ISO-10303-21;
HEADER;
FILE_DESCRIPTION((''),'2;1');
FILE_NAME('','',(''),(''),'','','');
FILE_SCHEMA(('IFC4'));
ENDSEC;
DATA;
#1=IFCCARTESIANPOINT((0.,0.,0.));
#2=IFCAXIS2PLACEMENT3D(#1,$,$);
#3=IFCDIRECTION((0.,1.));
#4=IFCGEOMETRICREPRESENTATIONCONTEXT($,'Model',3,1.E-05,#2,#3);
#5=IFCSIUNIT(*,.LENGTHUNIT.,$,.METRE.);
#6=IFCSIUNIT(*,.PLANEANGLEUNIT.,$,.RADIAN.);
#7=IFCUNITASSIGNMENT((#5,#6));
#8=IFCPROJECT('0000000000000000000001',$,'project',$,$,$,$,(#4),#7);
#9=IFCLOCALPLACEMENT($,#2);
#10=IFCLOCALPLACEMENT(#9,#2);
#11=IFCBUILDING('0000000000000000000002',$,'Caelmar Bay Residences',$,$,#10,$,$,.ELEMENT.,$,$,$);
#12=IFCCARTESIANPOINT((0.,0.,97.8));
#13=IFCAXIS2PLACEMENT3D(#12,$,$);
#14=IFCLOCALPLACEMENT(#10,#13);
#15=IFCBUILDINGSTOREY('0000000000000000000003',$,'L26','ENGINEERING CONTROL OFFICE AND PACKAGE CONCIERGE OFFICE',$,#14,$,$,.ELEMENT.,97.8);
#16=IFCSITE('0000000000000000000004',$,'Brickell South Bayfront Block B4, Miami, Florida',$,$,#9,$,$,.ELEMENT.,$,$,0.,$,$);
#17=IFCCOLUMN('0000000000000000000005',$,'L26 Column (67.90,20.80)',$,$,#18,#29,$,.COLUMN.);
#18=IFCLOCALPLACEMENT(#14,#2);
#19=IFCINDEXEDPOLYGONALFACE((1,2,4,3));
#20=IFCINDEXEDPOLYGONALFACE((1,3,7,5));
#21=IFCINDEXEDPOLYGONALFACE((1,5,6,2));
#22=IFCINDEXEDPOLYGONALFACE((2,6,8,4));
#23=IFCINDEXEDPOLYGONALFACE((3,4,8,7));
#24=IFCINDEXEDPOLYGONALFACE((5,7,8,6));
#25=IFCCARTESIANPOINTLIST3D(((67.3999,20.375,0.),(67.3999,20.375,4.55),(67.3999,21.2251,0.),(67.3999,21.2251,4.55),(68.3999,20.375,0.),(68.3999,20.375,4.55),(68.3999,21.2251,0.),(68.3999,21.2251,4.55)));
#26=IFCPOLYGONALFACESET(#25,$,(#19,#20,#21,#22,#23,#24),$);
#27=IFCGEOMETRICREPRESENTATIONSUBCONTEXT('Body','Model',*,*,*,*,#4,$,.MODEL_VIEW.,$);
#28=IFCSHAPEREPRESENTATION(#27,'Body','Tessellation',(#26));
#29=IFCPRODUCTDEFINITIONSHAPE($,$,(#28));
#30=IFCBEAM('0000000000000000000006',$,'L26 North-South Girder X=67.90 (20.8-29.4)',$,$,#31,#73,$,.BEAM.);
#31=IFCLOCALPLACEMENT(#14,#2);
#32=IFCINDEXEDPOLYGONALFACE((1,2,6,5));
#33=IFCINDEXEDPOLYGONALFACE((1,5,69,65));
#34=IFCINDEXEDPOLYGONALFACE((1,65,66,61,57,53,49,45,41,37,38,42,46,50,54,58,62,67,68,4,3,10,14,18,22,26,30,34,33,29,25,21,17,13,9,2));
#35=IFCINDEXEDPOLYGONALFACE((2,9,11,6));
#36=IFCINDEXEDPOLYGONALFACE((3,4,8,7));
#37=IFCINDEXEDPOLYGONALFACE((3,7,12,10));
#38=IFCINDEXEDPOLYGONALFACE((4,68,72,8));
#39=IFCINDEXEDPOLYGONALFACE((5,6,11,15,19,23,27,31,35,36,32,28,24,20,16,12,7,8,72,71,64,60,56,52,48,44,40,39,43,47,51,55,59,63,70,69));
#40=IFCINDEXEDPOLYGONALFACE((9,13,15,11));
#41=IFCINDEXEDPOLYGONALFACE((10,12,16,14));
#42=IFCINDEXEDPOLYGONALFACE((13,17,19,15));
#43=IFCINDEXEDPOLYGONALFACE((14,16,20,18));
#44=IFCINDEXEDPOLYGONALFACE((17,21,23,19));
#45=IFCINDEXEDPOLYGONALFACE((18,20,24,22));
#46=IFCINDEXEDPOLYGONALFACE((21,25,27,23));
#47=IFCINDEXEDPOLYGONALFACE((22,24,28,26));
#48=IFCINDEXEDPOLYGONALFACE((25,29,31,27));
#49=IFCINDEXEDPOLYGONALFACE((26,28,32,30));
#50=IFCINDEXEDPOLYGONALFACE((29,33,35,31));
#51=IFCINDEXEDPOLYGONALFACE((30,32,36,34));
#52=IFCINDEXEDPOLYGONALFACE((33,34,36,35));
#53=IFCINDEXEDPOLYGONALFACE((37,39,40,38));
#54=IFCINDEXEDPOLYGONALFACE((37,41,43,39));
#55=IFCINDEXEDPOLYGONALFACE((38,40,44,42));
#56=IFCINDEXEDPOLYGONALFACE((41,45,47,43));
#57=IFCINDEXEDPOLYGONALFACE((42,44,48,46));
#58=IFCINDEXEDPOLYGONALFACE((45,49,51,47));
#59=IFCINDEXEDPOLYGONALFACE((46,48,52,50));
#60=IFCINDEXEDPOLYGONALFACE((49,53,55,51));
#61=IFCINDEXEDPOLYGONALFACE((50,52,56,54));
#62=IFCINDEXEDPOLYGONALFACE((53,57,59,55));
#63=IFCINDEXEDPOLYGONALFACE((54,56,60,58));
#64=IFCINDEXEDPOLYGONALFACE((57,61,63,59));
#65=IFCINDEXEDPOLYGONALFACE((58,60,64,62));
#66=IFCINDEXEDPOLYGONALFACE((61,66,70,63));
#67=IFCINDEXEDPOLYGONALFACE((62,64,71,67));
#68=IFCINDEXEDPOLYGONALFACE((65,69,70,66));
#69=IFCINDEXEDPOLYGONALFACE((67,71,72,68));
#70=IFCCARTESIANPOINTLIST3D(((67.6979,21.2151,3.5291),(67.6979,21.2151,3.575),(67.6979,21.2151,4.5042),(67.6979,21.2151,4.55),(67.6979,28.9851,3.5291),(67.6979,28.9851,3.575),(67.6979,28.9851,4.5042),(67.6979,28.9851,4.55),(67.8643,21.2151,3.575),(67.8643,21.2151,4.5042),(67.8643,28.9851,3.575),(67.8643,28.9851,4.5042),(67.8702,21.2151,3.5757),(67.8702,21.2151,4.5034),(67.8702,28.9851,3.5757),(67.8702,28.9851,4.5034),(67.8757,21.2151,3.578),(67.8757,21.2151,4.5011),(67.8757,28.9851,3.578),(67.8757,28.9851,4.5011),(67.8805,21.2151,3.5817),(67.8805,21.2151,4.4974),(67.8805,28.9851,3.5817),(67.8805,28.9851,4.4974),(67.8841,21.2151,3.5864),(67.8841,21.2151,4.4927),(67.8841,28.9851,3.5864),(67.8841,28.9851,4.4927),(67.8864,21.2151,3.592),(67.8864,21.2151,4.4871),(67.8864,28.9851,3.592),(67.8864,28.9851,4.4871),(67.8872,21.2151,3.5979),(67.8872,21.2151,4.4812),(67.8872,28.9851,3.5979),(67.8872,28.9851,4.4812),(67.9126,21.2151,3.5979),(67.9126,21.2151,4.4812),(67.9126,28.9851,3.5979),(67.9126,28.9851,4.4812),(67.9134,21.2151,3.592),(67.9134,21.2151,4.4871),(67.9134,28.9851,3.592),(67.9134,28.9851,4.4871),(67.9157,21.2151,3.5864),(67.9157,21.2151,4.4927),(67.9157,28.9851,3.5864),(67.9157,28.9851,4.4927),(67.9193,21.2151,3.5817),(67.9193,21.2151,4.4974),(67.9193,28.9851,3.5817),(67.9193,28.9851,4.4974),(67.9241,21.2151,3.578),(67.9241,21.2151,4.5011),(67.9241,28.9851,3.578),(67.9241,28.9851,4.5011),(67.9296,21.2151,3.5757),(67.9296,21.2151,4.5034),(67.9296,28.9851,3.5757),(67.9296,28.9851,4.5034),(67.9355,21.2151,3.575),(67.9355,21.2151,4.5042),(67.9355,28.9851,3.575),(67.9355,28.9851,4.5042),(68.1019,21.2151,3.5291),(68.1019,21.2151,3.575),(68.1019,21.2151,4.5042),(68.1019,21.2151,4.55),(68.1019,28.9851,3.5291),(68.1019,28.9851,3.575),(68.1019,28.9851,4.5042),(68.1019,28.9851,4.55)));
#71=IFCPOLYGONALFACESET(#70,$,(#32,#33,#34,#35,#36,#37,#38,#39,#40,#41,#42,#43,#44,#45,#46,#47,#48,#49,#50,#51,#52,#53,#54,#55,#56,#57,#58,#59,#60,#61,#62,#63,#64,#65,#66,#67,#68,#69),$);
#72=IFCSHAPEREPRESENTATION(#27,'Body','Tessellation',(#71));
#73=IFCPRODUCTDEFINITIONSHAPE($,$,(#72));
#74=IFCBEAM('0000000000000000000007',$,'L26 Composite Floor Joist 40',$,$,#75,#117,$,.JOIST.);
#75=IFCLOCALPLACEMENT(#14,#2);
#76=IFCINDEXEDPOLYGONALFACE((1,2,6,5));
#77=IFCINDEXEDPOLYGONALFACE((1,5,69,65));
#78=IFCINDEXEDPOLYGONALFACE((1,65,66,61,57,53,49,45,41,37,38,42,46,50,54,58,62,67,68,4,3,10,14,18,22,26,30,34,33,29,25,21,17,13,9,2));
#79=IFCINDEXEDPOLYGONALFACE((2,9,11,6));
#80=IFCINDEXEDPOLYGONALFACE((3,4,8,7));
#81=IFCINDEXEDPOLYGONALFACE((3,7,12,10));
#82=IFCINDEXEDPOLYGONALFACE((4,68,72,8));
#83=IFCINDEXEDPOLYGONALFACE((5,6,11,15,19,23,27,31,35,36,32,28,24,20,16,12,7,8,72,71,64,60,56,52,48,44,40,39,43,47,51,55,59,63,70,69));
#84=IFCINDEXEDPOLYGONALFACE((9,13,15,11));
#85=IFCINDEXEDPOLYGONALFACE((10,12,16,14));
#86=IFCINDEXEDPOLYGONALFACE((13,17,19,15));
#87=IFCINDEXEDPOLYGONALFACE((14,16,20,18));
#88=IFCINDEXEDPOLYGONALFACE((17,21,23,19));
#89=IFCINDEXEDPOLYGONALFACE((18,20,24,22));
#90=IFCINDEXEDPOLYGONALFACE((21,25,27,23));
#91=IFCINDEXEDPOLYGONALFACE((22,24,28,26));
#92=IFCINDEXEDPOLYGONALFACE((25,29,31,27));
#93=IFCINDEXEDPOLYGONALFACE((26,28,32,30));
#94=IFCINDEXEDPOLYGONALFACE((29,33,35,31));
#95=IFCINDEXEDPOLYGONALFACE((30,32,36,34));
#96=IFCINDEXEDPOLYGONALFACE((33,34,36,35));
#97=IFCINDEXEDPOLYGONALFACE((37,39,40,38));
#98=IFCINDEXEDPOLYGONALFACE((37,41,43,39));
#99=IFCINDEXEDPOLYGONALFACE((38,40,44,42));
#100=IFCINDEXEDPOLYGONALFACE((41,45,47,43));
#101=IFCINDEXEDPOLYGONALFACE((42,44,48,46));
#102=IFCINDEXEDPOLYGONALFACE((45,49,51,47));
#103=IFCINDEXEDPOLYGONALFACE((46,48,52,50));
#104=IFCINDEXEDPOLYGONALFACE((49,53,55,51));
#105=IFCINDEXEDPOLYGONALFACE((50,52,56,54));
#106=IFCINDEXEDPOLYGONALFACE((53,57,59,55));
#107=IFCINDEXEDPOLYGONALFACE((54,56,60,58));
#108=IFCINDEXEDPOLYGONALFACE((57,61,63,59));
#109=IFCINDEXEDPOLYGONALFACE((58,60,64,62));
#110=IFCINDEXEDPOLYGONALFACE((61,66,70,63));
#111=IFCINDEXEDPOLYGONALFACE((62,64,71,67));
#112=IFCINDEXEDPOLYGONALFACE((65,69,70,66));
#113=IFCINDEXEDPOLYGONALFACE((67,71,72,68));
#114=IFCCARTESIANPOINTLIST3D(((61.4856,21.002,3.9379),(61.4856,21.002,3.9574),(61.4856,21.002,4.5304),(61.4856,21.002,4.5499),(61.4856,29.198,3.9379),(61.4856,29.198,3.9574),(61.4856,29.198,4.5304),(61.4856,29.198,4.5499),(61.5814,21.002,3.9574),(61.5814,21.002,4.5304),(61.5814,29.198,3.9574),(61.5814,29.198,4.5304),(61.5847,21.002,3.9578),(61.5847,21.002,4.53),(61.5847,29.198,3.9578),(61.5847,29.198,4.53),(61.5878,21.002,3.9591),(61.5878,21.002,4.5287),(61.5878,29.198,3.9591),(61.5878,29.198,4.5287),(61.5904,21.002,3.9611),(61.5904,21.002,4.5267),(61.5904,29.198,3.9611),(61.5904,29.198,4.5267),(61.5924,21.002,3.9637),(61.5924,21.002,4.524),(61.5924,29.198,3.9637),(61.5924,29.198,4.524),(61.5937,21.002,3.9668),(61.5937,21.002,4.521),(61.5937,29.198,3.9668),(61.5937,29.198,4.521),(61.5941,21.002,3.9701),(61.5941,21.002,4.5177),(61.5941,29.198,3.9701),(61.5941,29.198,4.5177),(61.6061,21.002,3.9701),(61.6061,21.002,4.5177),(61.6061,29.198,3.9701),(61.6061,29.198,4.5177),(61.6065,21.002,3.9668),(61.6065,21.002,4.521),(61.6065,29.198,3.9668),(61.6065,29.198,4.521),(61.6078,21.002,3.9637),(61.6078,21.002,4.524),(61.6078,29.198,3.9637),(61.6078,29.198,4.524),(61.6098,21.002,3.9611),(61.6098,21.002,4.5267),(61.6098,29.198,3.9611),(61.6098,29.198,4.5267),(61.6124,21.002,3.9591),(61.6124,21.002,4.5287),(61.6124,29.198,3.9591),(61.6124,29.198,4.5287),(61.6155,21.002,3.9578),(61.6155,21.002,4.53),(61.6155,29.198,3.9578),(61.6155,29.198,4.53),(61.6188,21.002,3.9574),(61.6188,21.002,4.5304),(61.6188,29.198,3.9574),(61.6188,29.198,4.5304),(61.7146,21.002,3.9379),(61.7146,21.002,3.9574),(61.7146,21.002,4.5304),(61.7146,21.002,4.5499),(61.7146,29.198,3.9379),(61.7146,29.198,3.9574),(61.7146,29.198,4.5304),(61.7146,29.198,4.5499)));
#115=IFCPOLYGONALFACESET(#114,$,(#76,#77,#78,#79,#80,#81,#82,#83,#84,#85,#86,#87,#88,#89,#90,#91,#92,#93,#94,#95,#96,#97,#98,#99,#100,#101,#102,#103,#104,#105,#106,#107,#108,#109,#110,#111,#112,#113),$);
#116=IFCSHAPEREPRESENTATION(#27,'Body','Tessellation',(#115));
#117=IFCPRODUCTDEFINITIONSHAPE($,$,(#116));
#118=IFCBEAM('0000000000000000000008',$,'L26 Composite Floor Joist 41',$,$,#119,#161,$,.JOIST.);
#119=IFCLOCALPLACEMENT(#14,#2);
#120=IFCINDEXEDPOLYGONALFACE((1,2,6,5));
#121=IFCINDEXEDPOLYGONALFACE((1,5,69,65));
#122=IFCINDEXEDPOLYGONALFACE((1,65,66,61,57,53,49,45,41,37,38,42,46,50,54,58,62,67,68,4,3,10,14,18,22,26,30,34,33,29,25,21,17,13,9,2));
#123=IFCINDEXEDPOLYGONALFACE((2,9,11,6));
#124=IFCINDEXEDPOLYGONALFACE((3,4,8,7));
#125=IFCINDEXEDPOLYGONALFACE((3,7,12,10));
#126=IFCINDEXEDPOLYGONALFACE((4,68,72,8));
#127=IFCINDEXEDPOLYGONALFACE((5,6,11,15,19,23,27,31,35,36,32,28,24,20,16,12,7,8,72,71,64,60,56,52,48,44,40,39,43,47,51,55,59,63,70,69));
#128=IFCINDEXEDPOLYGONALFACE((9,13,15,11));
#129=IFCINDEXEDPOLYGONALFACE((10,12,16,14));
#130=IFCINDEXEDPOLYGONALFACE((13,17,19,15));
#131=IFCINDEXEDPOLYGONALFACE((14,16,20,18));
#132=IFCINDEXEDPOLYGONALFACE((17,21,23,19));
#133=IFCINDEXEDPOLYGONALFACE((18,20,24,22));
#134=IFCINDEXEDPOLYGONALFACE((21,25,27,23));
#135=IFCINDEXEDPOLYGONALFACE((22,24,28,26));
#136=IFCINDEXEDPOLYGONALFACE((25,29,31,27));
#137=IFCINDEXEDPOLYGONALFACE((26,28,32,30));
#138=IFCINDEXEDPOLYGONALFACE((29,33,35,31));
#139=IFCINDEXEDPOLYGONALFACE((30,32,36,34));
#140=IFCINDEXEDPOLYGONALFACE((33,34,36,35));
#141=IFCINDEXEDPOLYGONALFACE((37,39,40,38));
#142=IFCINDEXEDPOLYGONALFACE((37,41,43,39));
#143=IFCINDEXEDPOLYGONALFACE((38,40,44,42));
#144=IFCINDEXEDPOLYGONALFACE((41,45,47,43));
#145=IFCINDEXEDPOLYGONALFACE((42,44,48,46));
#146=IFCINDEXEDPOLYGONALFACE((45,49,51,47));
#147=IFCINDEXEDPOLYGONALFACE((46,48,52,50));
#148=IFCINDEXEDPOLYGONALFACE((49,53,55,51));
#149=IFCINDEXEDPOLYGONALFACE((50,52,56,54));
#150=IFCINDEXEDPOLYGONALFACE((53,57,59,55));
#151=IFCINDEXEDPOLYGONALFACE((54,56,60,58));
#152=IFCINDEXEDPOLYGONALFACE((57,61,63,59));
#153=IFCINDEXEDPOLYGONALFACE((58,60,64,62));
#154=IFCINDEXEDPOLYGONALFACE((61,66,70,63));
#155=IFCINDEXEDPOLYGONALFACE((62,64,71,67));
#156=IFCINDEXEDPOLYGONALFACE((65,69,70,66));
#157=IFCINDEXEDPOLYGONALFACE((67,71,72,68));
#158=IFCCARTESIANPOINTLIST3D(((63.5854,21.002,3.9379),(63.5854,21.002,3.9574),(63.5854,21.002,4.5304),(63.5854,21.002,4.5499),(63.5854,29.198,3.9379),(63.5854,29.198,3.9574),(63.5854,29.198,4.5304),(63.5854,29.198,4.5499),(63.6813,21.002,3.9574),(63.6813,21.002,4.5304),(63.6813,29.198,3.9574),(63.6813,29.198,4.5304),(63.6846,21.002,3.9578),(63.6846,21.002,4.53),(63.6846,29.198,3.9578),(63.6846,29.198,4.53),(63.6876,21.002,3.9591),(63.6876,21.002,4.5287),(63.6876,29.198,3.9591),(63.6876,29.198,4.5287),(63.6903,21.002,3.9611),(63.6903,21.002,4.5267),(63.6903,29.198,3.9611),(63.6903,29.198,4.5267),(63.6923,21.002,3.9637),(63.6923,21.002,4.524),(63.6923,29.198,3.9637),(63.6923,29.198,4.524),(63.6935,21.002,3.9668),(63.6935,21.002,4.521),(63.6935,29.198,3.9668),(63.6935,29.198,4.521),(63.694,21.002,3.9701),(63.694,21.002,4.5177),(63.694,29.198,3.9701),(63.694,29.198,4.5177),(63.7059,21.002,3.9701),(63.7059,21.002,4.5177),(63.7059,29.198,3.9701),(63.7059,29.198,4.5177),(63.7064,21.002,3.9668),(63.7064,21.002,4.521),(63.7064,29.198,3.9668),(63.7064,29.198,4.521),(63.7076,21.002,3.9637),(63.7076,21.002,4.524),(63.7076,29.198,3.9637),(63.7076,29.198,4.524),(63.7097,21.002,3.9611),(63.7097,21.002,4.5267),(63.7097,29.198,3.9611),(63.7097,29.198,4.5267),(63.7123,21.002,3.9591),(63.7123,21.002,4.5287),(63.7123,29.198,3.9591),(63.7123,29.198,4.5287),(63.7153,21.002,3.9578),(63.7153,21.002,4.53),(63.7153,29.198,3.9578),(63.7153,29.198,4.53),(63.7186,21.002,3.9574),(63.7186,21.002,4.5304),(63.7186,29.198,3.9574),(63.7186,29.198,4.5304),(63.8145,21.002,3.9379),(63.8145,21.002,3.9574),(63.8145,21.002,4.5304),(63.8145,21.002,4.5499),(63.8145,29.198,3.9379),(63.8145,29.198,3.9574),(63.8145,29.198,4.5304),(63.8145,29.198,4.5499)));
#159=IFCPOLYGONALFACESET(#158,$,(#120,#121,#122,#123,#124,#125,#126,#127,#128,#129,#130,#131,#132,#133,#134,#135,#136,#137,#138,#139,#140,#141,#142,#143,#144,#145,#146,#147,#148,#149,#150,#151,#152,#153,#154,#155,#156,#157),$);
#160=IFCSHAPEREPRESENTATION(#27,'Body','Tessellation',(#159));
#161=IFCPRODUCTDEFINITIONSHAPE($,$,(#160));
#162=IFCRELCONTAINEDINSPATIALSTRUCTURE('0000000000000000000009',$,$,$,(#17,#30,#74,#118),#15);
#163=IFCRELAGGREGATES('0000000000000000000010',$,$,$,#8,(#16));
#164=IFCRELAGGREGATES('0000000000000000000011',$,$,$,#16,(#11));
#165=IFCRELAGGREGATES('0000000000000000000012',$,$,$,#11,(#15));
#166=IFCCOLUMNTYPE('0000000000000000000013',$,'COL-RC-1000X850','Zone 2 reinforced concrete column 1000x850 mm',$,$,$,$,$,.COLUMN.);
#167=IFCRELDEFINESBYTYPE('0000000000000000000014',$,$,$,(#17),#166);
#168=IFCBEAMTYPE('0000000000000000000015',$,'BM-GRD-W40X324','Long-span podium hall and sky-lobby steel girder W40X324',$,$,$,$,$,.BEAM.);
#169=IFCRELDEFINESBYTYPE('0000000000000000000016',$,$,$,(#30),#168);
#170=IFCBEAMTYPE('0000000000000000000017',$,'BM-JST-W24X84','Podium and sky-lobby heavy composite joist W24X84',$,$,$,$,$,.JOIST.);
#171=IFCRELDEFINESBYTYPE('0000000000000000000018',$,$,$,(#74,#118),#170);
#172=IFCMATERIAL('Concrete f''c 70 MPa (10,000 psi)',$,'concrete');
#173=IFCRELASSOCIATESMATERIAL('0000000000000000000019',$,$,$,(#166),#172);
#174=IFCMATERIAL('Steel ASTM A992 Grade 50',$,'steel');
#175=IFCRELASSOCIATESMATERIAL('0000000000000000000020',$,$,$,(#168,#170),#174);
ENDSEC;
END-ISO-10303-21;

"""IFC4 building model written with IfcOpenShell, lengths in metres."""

from ifc_helpers import new_model, si_unit, direction, frame, origin, origin_2d, place, context, subcontext, project, spatial, rectangle, i_section, extrude, material, material_profile, profile_set, type_object, element, save


model = new_model("IFC4")

# Units and contexts
model_context = context("Model", 3, precision=1e-05, world=origin(), true_north=direction((0.0, 1.0)))
body_context = subcontext(model_context, "Body", "Model", "MODEL_VIEW")
ifc_project = project(units=[si_unit("LENGTHUNIT", "METRE"), si_unit("PLANEANGLEUNIT", "RADIAN")], contexts=[model_context])

# Site, building, storey
site_placement = place(None, origin())
site = spatial("IfcSite", under=ifc_project, at=site_placement, Name="Brickell South Bayfront Block B4, Miami, Florida", CompositionType="ELEMENT", RefElevation=0.0)
building_placement = place(site_placement, origin())
building = spatial("IfcBuilding", under=site, at=building_placement, Name="Caelmar Bay Residences", CompositionType="ELEMENT")
storey_placement = place(building_placement, frame((0.0, 0.0, 97.8)))
storey = spatial("IfcBuildingStorey", under=building, at=storey_placement, Name="L26", Description="ENGINEERING CONTROL OFFICE AND PACKAGE CONCIERGE OFFICE", CompositionType="ELEMENT", Elevation=97.8)

# Column
ifc_material_1 = material(Name="Concrete f'c 70 MPa (10,000 psi)", Category="concrete")
ifc_material_profile_1 = material_profile(ifc_material_1, rectangle(XDim=1.0, YDim=0.8501, at=origin_2d()), Name="RC-COL-1000X850")
ifc_profile_set_1 = profile_set([ifc_material_profile_1], Name="Concrete f'c 70 MPa (10,000 psi)")
column_type = type_object("IfcColumnType", Name="COL-RC-1000X850", Description="Zone 2 reinforced concrete column 1000x850 mm", PredefinedType="COLUMN", material=ifc_profile_set_1)
column_placement = place(storey_placement, frame((67.8999, 20.8, 0.0), z_axis=(0.0, 0.0, 1.0), x_axis=(1.0, 0.0, 0.0)))
element("IfcColumn", 1, at=column_placement, inside=storey, type_object=column_type, Name="L26 Column (67.90,20.80)", PredefinedType="COLUMN", context=body_context, shape_type="SweptSolid", body=[
    extrude(rectangle(XDim=1.0, YDim=0.8501, at=origin_2d()), origin(), (0.0, 0.0, 1.0), 4.55),
])

# Beams
ifc_material_2 = material(Name="Steel ASTM A992 Grade 50", Category="steel")
ifc_material_profile_2 = material_profile(ifc_material_2, i_section(OverallWidth=0.4041, OverallDepth=1.021, WebThickness=0.0254, FlangeThickness=0.0459, FilletRadius=0.0229, at=origin_2d()), Name="W40X324")
ifc_profile_set_2 = profile_set([ifc_material_profile_2], Name="Steel ASTM A992 Grade 50")
beam_type_1 = type_object("IfcBeamType", Name="BM-GRD-W40X324", Description="Long-span podium hall and sky-lobby steel girder W40X324", PredefinedType="BEAM", material=ifc_profile_set_2)
beam_placement = place(storey_placement, frame((67.8999, 21.2151, 4.0396), z_axis=(0.0, 1.0, 0.0), x_axis=(-1.0, 0.0, 0.0)))
element("IfcBeam", 2, at=beam_placement, inside=storey, type_object=beam_type_1, Name="L26 North-South Girder X=67.90 (20.8-29.4)", PredefinedType="BEAM", context=body_context, shape_type="SweptSolid", body=[
    extrude(i_section(OverallWidth=0.4041, OverallDepth=1.021, WebThickness=0.0254, FlangeThickness=0.0459, FilletRadius=0.0229, at=origin_2d()), origin(), (0.0, 0.0, 1.0), 7.77),
])
ifc_material_profile_3 = material_profile(ifc_material_2, i_section(OverallWidth=0.229, OverallDepth=0.6121, WebThickness=0.012, FlangeThickness=0.0195, FilletRadius=0.0127, at=origin_2d()), Name="W24X84")
ifc_profile_set_3 = profile_set([ifc_material_profile_3], Name="Steel ASTM A992 Grade 50")
beam_type_2 = type_object("IfcBeamType", Name="BM-JST-W24X84", Description="Podium and sky-lobby heavy composite joist W24X84", PredefinedType="JOIST", material=ifc_profile_set_3)
for number, where, z_axis, x_axis, name in (
    (3, (61.6001, 21.002, 4.2439), (0.0, 1.0, 0.0), (-1.0, 0.0, 0.0), "L26 Composite Floor Joist 40"),
    (4, (63.7, 21.002, 4.2439), (0.0, 1.0, 0.0), (-1.0, 0.0, 0.0), "L26 Composite Floor Joist 41"),
):
    element("IfcBeam", number, at=place(storey_placement, frame(where, z_axis=z_axis, x_axis=x_axis)), inside=storey, type_object=beam_type_2, Name=name, PredefinedType="JOIST", context=body_context, shape_type="SweptSolid", body=[
        extrude(i_section(OverallWidth=0.229, OverallDepth=0.6121, WebThickness=0.012, FlangeThickness=0.0195, FilletRadius=0.0127, at=origin_2d()), origin(), (0.0, 0.0, 1.0), 8.196),
    ])

save(model, "model.ifc")
